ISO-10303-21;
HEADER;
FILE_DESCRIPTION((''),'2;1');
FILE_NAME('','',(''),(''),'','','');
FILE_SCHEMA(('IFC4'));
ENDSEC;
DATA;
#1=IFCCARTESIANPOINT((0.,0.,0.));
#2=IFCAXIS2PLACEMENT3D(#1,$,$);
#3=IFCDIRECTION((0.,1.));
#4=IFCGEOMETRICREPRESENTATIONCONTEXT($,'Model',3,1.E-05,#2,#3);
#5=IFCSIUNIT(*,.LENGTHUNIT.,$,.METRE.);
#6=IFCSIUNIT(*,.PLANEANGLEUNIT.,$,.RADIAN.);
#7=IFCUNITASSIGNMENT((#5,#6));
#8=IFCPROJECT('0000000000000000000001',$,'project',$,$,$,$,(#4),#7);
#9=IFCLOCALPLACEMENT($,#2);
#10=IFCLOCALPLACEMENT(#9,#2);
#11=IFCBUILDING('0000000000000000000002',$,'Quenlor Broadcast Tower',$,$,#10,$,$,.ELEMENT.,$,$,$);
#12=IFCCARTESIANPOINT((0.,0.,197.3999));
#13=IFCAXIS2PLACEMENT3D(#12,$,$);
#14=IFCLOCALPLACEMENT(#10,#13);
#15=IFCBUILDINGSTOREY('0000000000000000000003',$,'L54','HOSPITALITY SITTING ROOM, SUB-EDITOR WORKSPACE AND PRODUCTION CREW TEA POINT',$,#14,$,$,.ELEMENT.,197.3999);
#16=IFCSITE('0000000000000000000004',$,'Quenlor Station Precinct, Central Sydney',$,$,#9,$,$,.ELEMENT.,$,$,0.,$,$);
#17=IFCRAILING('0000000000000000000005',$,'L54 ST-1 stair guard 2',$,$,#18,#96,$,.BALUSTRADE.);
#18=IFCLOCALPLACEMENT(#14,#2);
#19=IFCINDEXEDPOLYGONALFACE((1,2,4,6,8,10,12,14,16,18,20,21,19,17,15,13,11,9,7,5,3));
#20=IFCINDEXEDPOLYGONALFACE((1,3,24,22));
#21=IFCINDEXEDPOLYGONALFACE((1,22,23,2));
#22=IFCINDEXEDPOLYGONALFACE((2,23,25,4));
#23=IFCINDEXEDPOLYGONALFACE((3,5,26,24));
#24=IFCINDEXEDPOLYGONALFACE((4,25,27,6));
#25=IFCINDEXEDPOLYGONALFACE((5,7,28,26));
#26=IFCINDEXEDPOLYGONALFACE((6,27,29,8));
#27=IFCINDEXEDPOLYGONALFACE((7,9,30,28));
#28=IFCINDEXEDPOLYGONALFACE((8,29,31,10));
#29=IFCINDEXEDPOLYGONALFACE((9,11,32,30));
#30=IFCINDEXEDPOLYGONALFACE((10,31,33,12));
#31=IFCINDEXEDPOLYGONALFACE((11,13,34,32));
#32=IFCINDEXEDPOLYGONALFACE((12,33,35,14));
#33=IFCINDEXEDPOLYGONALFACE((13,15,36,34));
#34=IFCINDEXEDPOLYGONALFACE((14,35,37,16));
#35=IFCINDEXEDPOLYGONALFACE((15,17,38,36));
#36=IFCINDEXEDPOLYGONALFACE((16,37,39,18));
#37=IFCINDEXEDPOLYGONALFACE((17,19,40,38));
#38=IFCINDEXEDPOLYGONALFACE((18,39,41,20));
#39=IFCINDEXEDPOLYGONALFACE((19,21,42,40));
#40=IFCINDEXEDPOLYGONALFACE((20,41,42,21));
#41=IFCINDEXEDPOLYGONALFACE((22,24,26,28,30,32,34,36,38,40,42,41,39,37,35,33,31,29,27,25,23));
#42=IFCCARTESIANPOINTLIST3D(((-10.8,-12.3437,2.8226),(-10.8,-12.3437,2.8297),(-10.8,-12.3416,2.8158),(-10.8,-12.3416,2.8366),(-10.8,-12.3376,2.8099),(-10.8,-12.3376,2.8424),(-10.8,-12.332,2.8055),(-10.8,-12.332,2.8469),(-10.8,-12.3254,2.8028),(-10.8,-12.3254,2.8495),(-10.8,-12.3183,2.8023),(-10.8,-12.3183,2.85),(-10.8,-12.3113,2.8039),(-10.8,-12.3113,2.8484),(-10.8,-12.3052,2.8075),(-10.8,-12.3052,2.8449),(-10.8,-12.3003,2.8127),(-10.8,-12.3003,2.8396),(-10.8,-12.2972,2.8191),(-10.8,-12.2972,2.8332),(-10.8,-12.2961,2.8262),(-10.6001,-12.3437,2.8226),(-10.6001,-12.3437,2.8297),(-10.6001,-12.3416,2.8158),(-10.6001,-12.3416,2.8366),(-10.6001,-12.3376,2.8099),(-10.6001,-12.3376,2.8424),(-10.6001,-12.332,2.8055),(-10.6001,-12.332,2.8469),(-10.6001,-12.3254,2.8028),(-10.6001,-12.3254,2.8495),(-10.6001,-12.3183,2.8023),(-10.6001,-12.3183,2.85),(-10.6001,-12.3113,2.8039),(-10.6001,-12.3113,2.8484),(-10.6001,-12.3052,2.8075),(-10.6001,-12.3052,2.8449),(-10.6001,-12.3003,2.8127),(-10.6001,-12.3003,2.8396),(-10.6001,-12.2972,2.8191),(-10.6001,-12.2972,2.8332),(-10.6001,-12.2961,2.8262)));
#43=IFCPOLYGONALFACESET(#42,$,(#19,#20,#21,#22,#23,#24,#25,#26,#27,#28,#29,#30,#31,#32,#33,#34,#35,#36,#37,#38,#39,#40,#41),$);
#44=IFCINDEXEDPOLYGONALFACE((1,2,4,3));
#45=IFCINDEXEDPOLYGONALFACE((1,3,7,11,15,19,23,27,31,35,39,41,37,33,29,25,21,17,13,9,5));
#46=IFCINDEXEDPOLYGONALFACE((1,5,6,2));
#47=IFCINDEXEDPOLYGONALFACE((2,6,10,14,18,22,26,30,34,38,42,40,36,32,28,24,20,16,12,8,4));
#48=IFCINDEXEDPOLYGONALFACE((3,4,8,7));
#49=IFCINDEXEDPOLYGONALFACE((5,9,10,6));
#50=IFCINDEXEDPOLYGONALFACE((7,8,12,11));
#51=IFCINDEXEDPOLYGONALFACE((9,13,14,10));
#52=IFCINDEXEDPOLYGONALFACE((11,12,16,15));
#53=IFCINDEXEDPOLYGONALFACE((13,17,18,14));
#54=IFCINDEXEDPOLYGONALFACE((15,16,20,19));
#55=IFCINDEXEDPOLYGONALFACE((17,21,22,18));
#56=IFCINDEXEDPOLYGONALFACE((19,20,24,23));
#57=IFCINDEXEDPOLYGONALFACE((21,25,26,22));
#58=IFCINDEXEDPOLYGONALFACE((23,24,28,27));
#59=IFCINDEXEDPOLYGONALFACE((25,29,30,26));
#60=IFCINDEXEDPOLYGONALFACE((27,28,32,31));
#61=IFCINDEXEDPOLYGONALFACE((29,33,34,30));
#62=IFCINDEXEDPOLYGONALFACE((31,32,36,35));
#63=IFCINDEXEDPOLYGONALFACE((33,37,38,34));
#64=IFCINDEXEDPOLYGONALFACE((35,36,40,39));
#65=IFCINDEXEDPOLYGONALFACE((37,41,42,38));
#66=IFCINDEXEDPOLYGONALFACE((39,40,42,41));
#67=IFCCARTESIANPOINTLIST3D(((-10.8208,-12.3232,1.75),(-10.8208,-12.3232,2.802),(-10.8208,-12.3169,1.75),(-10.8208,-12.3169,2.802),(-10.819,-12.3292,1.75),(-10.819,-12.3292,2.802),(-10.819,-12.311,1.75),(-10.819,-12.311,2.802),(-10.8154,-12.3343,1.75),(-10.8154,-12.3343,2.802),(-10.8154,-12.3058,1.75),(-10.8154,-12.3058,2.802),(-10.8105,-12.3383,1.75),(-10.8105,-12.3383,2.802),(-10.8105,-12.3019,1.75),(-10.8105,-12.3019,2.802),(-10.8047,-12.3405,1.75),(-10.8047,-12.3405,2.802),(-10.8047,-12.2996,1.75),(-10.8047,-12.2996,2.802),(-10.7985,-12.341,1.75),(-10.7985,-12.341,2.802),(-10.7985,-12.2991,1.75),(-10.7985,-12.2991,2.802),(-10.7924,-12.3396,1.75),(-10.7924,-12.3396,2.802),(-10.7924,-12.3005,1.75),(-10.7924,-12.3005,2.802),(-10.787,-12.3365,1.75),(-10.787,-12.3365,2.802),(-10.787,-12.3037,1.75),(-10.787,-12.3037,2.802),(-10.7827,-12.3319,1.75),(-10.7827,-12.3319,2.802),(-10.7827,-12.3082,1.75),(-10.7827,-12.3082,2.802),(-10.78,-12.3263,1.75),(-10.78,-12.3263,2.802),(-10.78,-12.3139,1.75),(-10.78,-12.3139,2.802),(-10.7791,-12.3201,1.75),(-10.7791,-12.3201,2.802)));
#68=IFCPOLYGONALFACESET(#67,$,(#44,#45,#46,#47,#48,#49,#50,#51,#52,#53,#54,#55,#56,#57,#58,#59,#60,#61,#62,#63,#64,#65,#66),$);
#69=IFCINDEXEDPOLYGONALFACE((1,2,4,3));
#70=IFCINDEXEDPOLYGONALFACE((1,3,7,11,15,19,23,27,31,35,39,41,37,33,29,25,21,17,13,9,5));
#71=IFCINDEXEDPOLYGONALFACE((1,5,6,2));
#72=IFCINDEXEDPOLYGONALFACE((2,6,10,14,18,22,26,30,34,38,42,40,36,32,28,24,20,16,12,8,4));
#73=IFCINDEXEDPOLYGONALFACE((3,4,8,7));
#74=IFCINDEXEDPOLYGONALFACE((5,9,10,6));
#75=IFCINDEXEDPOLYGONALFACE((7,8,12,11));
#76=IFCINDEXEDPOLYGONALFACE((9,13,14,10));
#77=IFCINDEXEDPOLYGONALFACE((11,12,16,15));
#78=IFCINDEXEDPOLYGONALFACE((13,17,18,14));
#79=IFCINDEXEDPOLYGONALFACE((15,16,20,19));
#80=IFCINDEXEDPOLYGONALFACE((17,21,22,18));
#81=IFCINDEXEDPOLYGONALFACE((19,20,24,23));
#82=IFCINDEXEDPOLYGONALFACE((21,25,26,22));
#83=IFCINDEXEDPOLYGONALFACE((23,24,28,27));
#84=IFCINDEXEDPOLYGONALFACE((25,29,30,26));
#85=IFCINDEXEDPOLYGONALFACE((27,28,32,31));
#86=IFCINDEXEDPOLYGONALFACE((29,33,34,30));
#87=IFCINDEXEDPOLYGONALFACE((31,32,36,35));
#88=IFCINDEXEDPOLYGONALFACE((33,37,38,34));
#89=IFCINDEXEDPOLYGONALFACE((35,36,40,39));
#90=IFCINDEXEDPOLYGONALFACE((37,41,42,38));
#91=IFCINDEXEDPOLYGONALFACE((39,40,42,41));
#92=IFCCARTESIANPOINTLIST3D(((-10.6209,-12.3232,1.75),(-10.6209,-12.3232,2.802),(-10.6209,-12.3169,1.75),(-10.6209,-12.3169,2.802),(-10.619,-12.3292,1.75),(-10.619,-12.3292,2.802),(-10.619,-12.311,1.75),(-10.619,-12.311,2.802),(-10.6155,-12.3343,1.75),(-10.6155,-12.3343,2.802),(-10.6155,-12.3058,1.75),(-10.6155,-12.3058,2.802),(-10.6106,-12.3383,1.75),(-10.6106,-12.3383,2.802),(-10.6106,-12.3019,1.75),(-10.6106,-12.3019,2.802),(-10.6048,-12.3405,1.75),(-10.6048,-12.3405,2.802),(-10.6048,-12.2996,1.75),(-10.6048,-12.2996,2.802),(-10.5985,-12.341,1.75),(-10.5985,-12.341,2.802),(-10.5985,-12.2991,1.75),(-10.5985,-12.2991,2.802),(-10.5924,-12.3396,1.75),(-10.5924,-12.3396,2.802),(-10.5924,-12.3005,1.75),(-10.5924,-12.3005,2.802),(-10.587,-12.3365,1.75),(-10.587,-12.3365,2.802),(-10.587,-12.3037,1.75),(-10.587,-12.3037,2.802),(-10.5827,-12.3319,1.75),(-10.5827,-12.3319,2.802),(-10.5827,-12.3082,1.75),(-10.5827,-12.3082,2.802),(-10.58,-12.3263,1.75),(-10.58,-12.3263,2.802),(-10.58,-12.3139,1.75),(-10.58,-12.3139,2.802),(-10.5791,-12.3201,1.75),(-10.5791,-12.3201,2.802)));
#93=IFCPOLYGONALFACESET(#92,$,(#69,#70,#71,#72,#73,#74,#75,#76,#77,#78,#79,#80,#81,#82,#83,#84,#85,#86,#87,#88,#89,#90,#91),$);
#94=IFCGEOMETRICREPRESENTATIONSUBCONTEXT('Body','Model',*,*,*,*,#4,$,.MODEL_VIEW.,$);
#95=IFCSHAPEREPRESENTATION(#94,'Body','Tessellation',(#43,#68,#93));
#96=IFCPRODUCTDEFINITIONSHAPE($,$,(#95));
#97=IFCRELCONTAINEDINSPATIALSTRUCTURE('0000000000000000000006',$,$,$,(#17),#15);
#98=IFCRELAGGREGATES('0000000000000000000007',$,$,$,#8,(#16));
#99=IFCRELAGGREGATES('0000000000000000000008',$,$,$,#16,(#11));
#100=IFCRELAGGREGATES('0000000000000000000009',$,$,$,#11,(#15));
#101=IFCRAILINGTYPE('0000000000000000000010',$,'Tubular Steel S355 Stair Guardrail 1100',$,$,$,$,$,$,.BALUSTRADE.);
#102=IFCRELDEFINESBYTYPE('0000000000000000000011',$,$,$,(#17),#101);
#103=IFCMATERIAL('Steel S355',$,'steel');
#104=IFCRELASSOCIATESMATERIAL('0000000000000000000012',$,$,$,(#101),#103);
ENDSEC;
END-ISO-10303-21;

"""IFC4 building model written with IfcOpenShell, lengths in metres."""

from ifc_helpers import new_model, si_unit, direction, frame, origin, origin_2d, place, context, subcontext, project, spatial, circle, extrude, material, type_object, element, save


model = new_model("IFC4")

# Units and contexts
model_context = context("Model", 3, precision=1e-05, world=origin(), true_north=direction((0.0, 1.0)))
body_context = subcontext(model_context, "Body", "Model", "MODEL_VIEW")
ifc_project = project(units=[si_unit("LENGTHUNIT", "METRE"), si_unit("PLANEANGLEUNIT", "RADIAN")], contexts=[model_context])

# Site, building, storey
site_placement = place(None, origin())
site = spatial("IfcSite", under=ifc_project, at=site_placement, Name="Quenlor Station Precinct, Central Sydney", CompositionType="ELEMENT", RefElevation=0.0)
building_placement = place(site_placement, origin())
building = spatial("IfcBuilding", under=site, at=building_placement, Name="Quenlor Broadcast Tower", CompositionType="ELEMENT")
storey_placement = place(building_placement, frame((0.0, 0.0, 197.3999)))
storey = spatial("IfcBuildingStorey", under=building, at=storey_placement, Name="L54", Description="HOSPITALITY SITTING ROOM, SUB-EDITOR WORKSPACE AND PRODUCTION CREW TEA POINT", CompositionType="ELEMENT", Elevation=197.3999)

# Railing
ifc_material_1 = material(Name="Steel S355", Category="steel")
railing_type_1 = type_object("IfcRailingType", Name="Tubular Steel S355 Stair Guardrail 1100", PredefinedType="BALUSTRADE", material=ifc_material_1)
railing_1_placement = place(storey_placement, frame((-10.8, -12.3201, 1.75)))
element("IfcRailing", 1, at=railing_1_placement, inside=storey, type_object=railing_type_1, Name="L54 ST-1 stair guard 2", PredefinedType="BALUSTRADE", context=body_context, shape_type="SweptSolid", body=[
    extrude(circle(Radius=0.0239, at=origin_2d()), frame((0.0, 0.0, 1.0762), z_axis=(1.0, 0.0, 0.0), x_axis=(0.0, 1.0, 0.0)), (0.0, 0.0, 1.0), 0.2),
    extrude(circle(Radius=0.021, at=origin_2d()), origin(), (0.0, 0.0, 1.0), 1.052),
    extrude(circle(Radius=0.021, at=origin_2d()), frame((0.2, 0.0, 0.0)), (0.0, 0.0, 1.0), 1.052),
])

save(model, "model.ifc")
